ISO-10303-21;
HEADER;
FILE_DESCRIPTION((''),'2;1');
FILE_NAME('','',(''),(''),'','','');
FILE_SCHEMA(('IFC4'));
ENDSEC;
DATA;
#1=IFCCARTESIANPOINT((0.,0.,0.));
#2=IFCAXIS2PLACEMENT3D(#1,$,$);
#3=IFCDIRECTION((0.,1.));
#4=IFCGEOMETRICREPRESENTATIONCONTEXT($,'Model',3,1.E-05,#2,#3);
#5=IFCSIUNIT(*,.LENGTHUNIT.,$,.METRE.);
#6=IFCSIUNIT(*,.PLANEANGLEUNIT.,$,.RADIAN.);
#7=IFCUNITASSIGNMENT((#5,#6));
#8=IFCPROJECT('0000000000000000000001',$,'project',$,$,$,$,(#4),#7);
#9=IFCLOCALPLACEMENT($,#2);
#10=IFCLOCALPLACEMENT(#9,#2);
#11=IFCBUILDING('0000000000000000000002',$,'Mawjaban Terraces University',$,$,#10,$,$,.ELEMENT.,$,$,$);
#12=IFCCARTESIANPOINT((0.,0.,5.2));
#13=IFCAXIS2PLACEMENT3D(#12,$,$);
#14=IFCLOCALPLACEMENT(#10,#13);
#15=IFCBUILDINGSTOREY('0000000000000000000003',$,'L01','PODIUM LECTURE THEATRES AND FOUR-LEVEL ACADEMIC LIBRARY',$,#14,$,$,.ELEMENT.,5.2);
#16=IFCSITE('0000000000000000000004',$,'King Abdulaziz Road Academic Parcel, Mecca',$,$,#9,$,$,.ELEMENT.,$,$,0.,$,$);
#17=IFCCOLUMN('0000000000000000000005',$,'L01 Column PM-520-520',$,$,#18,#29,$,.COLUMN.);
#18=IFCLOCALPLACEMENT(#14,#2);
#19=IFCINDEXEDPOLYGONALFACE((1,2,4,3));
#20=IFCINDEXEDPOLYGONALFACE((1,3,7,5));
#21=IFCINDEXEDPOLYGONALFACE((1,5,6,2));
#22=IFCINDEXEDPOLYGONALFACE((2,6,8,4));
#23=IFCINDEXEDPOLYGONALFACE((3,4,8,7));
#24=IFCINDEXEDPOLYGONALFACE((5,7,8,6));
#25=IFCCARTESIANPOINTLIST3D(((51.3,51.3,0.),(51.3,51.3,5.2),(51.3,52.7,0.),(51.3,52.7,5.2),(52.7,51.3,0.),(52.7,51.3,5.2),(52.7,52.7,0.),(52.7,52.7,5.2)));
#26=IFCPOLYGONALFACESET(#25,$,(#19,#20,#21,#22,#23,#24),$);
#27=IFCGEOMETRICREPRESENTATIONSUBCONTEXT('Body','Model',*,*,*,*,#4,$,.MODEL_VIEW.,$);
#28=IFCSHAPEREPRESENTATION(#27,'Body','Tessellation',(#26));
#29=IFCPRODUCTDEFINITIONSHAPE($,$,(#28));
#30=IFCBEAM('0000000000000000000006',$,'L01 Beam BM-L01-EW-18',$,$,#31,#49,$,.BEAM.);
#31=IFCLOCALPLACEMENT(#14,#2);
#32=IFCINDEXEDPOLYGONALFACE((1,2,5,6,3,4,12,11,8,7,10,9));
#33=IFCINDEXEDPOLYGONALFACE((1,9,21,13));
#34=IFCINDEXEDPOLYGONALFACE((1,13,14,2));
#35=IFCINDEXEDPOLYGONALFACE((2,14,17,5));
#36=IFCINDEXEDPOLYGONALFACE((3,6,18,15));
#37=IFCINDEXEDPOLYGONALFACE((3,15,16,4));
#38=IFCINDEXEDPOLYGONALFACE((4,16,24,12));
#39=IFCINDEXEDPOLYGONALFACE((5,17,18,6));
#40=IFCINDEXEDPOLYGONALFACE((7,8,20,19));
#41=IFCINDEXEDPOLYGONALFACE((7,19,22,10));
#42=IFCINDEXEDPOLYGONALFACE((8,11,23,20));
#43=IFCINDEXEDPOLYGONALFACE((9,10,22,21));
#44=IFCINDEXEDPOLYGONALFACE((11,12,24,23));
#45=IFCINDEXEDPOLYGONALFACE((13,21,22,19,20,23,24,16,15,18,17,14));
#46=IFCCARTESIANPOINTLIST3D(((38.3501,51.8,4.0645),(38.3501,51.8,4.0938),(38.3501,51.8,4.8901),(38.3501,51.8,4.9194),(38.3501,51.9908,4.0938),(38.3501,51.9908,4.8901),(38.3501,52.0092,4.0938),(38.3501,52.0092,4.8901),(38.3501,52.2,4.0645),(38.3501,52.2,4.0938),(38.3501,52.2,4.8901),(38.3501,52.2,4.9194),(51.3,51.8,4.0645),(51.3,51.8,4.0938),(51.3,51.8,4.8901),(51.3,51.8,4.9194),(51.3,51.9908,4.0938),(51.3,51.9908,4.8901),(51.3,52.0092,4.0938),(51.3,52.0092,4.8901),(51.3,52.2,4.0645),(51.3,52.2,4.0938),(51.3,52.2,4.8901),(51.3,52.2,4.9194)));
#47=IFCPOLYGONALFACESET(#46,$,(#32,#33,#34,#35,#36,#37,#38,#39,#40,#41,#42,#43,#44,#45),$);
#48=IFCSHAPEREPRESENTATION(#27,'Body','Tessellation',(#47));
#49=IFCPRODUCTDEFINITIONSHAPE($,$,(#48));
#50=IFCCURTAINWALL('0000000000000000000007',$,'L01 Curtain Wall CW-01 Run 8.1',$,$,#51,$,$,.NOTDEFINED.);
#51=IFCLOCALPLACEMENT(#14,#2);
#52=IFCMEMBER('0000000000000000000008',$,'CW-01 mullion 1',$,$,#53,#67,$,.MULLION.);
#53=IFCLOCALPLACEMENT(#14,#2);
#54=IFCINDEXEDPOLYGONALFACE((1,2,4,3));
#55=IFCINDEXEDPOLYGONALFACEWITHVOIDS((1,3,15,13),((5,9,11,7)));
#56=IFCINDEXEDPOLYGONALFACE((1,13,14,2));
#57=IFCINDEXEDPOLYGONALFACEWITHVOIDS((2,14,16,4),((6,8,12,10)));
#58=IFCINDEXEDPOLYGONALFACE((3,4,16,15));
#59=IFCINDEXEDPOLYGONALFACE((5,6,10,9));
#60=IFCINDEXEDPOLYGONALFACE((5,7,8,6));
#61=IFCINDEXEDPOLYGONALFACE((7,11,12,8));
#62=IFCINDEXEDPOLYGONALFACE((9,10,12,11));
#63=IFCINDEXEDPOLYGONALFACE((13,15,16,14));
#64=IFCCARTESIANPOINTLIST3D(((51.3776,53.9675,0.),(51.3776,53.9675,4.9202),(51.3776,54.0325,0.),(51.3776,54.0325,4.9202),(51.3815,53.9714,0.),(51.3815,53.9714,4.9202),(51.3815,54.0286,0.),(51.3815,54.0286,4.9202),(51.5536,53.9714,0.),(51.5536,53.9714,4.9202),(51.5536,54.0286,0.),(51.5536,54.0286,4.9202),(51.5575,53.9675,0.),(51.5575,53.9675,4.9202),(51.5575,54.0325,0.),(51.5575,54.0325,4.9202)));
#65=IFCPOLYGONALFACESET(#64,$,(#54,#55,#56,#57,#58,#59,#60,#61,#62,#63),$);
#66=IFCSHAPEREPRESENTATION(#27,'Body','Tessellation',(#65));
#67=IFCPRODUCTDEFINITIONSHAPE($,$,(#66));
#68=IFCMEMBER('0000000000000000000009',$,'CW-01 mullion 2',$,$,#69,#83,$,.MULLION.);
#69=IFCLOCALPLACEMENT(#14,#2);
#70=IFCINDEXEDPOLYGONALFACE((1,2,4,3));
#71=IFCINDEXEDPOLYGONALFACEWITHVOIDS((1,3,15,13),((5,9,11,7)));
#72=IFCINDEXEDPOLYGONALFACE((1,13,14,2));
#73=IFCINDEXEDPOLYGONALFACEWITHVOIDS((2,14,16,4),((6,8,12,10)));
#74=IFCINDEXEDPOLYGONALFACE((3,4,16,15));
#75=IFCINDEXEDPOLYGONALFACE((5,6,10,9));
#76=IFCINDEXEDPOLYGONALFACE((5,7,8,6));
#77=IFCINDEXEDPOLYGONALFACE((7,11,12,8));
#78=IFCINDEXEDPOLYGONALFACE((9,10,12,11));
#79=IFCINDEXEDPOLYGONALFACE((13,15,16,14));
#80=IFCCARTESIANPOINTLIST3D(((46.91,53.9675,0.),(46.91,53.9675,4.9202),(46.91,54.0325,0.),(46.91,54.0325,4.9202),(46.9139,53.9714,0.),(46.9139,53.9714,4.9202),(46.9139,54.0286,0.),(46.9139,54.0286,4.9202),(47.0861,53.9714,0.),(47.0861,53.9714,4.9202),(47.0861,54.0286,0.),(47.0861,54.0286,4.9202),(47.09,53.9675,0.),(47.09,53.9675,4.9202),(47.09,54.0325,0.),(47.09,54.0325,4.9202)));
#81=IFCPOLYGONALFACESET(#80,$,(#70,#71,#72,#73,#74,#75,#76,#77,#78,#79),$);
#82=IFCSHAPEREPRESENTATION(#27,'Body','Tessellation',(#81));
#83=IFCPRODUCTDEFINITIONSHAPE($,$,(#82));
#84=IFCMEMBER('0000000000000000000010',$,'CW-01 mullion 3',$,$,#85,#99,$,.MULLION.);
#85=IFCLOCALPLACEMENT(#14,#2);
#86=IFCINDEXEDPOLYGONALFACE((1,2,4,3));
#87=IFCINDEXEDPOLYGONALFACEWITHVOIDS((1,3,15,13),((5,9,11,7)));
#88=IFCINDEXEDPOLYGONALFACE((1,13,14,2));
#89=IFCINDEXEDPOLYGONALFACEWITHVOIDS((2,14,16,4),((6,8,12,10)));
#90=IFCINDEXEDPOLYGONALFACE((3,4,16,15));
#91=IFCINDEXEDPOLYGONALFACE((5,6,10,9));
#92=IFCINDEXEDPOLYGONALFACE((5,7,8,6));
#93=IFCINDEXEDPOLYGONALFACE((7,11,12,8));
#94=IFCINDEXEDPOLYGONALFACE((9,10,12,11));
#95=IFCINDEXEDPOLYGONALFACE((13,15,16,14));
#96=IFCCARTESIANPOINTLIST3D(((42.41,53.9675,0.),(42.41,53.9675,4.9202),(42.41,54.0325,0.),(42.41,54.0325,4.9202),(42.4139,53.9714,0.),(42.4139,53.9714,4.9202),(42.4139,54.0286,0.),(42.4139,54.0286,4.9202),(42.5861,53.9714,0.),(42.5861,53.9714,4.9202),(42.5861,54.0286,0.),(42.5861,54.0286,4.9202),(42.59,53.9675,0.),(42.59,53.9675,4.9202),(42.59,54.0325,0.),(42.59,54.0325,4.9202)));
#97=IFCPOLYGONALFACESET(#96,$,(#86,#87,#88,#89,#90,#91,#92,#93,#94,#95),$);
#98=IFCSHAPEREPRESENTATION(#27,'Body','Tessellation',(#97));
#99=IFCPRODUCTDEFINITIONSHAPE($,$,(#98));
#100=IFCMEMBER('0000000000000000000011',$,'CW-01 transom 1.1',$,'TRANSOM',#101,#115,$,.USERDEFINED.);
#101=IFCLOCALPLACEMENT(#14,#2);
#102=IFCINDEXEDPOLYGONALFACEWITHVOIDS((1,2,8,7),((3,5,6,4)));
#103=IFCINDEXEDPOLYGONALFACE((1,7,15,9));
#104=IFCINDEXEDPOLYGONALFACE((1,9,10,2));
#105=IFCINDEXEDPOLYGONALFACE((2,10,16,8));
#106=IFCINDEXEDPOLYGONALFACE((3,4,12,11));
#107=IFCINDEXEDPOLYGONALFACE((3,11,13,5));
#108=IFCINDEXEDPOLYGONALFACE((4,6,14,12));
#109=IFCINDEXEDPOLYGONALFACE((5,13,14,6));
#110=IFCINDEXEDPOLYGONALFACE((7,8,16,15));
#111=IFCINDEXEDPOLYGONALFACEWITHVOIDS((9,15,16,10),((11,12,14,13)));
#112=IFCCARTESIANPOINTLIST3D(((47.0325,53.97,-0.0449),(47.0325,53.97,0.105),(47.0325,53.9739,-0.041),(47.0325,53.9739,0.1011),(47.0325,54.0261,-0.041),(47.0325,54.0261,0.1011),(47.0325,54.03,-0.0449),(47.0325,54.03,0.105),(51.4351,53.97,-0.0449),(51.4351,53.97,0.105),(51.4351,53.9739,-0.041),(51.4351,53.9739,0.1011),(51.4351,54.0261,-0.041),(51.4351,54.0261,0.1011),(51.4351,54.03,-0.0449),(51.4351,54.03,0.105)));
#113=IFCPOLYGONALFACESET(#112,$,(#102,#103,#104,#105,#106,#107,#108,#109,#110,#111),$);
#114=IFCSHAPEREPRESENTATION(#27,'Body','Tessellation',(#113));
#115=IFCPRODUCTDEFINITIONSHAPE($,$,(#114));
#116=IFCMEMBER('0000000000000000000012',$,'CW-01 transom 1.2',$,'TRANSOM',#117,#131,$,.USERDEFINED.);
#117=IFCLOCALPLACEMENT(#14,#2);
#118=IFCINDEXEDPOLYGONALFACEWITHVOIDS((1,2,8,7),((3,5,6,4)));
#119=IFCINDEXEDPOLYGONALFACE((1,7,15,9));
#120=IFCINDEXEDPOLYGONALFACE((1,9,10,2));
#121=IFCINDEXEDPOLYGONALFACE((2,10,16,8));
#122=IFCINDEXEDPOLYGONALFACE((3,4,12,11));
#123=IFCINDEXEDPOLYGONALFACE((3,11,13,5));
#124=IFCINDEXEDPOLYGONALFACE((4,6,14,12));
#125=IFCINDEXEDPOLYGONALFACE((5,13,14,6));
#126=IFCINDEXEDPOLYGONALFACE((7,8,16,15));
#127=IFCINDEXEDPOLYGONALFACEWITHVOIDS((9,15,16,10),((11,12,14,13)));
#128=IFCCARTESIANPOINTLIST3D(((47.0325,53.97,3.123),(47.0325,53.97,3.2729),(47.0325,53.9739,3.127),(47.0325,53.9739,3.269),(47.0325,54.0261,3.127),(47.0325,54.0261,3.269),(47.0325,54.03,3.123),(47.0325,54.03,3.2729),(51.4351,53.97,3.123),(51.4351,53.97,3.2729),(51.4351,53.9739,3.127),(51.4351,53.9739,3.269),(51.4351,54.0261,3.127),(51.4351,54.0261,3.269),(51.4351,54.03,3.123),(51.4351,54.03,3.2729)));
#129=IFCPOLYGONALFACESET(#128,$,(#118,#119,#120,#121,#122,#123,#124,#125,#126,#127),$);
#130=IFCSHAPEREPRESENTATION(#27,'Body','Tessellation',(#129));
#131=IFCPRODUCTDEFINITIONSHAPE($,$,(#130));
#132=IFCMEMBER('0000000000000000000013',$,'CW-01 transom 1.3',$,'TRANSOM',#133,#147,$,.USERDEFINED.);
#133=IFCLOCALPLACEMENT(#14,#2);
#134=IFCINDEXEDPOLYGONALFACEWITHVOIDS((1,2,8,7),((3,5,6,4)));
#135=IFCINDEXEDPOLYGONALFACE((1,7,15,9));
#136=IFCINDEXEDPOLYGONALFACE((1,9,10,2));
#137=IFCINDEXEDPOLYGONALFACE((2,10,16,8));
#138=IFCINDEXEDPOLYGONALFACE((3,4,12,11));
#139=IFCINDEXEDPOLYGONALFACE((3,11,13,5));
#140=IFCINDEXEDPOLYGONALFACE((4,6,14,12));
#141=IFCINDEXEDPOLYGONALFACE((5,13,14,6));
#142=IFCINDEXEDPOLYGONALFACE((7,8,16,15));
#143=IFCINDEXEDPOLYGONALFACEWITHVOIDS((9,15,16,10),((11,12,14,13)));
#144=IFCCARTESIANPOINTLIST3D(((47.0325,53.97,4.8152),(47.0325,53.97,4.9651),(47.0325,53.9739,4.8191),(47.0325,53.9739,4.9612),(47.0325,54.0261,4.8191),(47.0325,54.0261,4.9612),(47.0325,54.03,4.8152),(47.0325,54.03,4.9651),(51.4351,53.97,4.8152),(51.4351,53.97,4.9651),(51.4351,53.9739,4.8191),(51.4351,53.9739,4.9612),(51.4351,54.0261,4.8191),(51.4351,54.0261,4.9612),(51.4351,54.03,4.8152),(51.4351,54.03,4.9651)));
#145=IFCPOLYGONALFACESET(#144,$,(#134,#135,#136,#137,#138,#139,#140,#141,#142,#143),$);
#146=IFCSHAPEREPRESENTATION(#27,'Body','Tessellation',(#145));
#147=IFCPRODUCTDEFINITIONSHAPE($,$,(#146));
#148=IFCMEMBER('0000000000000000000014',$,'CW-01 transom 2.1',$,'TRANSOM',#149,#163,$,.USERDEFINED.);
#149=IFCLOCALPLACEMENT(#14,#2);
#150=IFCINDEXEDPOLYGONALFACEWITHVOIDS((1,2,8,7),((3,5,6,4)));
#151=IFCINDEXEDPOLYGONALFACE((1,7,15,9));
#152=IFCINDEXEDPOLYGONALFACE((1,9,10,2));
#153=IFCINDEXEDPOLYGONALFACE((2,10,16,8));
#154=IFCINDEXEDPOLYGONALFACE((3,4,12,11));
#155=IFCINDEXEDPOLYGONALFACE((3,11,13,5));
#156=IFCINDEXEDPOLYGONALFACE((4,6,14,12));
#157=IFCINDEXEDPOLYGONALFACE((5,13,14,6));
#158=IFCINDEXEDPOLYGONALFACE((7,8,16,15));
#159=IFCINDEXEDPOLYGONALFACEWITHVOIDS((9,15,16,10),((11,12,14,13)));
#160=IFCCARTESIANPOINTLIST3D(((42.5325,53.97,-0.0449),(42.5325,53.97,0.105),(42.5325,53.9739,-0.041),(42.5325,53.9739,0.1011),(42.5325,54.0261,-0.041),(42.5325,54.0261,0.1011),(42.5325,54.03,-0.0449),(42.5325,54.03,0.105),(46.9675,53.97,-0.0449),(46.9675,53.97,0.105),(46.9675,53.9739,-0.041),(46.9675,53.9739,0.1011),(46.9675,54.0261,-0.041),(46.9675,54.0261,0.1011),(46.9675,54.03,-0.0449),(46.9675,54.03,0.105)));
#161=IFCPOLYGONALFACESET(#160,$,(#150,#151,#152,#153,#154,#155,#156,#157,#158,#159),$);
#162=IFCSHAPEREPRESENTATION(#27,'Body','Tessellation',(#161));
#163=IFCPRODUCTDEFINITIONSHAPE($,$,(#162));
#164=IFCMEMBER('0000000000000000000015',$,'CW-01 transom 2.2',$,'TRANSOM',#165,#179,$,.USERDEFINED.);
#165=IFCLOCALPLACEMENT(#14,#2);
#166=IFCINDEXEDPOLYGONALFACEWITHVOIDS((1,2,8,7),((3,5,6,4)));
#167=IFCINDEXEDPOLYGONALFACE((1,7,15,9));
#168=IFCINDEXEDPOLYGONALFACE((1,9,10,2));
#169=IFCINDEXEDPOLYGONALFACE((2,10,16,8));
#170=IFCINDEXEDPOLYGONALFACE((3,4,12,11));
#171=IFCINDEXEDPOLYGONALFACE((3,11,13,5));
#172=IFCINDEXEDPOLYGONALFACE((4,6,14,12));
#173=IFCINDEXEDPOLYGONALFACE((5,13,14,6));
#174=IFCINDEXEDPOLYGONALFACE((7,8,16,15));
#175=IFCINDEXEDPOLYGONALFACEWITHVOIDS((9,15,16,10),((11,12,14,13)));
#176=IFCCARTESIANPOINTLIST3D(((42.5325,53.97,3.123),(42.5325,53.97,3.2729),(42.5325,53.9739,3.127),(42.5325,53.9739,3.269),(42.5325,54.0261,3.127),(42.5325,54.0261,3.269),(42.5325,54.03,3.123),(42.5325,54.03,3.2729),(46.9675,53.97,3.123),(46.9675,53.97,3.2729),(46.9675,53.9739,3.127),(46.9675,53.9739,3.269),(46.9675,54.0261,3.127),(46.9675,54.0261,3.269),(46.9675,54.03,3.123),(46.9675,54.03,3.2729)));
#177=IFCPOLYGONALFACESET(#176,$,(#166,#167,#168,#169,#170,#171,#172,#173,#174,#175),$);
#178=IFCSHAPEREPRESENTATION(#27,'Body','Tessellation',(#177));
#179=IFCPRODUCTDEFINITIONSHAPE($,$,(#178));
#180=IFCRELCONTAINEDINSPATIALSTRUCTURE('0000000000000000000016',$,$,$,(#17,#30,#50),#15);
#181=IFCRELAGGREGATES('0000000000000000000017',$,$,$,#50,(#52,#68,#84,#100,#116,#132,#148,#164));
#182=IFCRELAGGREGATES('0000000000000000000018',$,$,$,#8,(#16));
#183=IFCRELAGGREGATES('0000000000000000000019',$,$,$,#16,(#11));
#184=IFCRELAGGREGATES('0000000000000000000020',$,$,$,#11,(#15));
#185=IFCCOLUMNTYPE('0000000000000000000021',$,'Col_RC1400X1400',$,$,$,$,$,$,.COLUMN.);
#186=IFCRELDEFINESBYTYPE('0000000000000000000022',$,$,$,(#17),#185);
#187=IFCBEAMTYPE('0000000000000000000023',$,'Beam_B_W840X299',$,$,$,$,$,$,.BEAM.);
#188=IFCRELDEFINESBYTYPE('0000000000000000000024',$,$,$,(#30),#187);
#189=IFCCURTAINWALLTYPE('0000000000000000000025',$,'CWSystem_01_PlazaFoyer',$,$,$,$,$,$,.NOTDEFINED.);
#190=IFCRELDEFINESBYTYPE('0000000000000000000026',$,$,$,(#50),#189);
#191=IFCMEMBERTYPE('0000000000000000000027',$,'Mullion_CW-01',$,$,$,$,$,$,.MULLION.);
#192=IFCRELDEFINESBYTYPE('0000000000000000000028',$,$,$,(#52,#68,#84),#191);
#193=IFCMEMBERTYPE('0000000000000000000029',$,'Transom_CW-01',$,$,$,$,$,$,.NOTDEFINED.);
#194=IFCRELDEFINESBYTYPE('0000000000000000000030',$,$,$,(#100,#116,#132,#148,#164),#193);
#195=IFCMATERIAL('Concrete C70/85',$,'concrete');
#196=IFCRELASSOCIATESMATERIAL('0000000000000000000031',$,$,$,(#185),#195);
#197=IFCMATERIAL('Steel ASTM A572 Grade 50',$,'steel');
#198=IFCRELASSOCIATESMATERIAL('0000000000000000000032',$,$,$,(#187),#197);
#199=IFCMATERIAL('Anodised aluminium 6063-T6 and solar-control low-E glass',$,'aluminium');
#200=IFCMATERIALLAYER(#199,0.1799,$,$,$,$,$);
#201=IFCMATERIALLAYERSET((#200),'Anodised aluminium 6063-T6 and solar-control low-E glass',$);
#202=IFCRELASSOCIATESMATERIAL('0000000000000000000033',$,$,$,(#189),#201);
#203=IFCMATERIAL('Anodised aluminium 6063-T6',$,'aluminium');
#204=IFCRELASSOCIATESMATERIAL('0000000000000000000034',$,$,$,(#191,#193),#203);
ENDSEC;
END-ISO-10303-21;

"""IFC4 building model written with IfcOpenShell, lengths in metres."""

from ifc_helpers import new_model, si_unit, direction, frame, origin, origin_2d, place, context, subcontext, project, spatial, rectangle, hollow_rectangle, i_section, extrude, material, layer, layer_set, material_profile, profile_set, type_object, element, aggregate, save


model = new_model("IFC4")

# Units and contexts
model_context = context("Model", 3, precision=1e-05, world=origin(), true_north=direction((0.0, 1.0)))
body_context = subcontext(model_context, "Body", "Model", "MODEL_VIEW")
ifc_project = project(units=[si_unit("LENGTHUNIT", "METRE"), si_unit("PLANEANGLEUNIT", "RADIAN")], contexts=[model_context])

# Site, building, storey
site_placement = place(None, origin())
site = spatial("IfcSite", under=ifc_project, at=site_placement, Name="King Abdulaziz Road Academic Parcel, Mecca", CompositionType="ELEMENT", RefElevation=0.0)
building_placement = place(site_placement, origin())
building = spatial("IfcBuilding", under=site, at=building_placement, Name="Mawjaban Terraces University", CompositionType="ELEMENT")
storey_placement = place(building_placement, frame((0.0, 0.0, 5.2)))
storey = spatial("IfcBuildingStorey", under=building, at=storey_placement, Name="L01", Description="PODIUM LECTURE THEATRES AND FOUR-LEVEL ACADEMIC LIBRARY", CompositionType="ELEMENT", Elevation=5.2)

# Column
ifc_material_1 = material(Name="Concrete C70/85", Category="concrete")
ifc_material_profile_1 = material_profile(ifc_material_1, rectangle(XDim=1.3999, YDim=1.3999, at=origin_2d()), Name="RC1400X1400")
ifc_profile_set_1 = profile_set([ifc_material_profile_1], Name="Concrete C70/85")
column_type = type_object("IfcColumnType", Name="Col_RC1400X1400", PredefinedType="COLUMN", material=ifc_profile_set_1)
column_placement = place(storey_placement, frame((52.0, 52.0, 0.0), z_axis=(0.0, 0.0, 1.0), x_axis=(1.0, 0.0, 0.0)))
element("IfcColumn", 1, at=column_placement, inside=storey, type_object=column_type, Name="L01 Column PM-520-520", PredefinedType="COLUMN", context=body_context, shape_type="SweptSolid", body=[
    extrude(rectangle(XDim=1.3999, YDim=1.3999, at=origin_2d()), origin(), (0.0, 0.0, 1.0), 5.2),
])

# Beam
ifc_material_2 = material(Name="Steel ASTM A572 Grade 50", Category="steel")
ifc_material_profile_2 = material_profile(ifc_material_2, i_section(OverallWidth=0.3999, OverallDepth=0.855, WebThickness=0.0183, FlangeThickness=0.0293, at=origin_2d()), Name="W840X299")
ifc_profile_set_2 = profile_set([ifc_material_profile_2], Name="Steel ASTM A572 Grade 50")
beam_type = type_object("IfcBeamType", Name="Beam_B_W840X299", PredefinedType="BEAM", material=ifc_profile_set_2)
beam_placement = place(storey_placement, frame((38.3501, 52.0, 4.4919), z_axis=(1.0, 0.0, 0.0), x_axis=(0.0, 1.0, 0.0)))
element("IfcBeam", 2, at=beam_placement, inside=storey, type_object=beam_type, Name="L01 Beam BM-L01-EW-18", PredefinedType="BEAM", context=body_context, shape_type="SweptSolid", body=[
    extrude(i_section(OverallWidth=0.3999, OverallDepth=0.855, WebThickness=0.0183, FlangeThickness=0.0293, at=origin_2d()), origin(), (0.0, 0.0, 1.0), 12.95),
])

# Curtain wall, members
ifc_material_3 = material(Name="Anodised aluminium 6063-T6 and solar-control low-E glass", Category="aluminium")
ifc_layer_1 = layer(ifc_material_3, 0.1799)
ifc_layer_set_1 = layer_set([ifc_layer_1], Name="Anodised aluminium 6063-T6 and solar-control low-E glass")
curtain_wall_type = type_object("IfcCurtainWallType", Name="CWSystem_01_PlazaFoyer", PredefinedType="NOTDEFINED", material=ifc_layer_set_1)
curtain_wall_placement = place(storey_placement, origin())
curtain_wall = element("IfcCurtainWall", 3, at=curtain_wall_placement, inside=storey, type_object=curtain_wall_type, Name="L01 Curtain Wall CW-01 Run 8.1", PredefinedType="NOTDEFINED")
ifc_material_4 = material(Name="Anodised aluminium 6063-T6", Category="aluminium")
ifc_material_profile_3 = material_profile(ifc_material_4, hollow_rectangle(XDim=0.0649, YDim=0.1799, WallThickness=0.0039, at=origin_2d()), Name="ALU180X65X4")
ifc_profile_set_3 = profile_set([ifc_material_profile_3], Name="Anodised aluminium 6063-T6")
member_type_1 = type_object("IfcMemberType", Name="Mullion_CW-01", PredefinedType="MULLION", material=ifc_profile_set_3)
member_1_placement = place(storey_placement, frame((51.4675, 54.0, 0.0), z_axis=(0.0, 0.0, 1.0), x_axis=(0.0, -1.0, 0.0)))
member_1 = element("IfcMember", 4, at=member_1_placement, type_object=member_type_1, Name="CW-01 mullion 1", PredefinedType="MULLION", context=body_context, shape_type="SweptSolid", body=[
    extrude(hollow_rectangle(XDim=0.0649, YDim=0.1799, WallThickness=0.0039, at=origin_2d()), origin(), (0.0, 0.0, 1.0), 4.9202),
])
member_2_placement = place(storey_placement, frame((47.0, 54.0, 0.0), z_axis=(0.0, 0.0, 1.0), x_axis=(0.0, -1.0, 0.0)))
member_2 = element("IfcMember", 5, at=member_2_placement, type_object=member_type_1, Name="CW-01 mullion 2", PredefinedType="MULLION", context=body_context, shape_type="SweptSolid", body=[
    extrude(hollow_rectangle(XDim=0.0649, YDim=0.1799, WallThickness=0.0039, at=origin_2d()), origin(), (0.0, 0.0, 1.0), 4.9202),
])
member_3_placement = place(storey_placement, frame((42.5, 54.0, 0.0), z_axis=(0.0, 0.0, 1.0), x_axis=(0.0, -1.0, 0.0)))
member_3 = element("IfcMember", 6, at=member_3_placement, type_object=member_type_1, Name="CW-01 mullion 3", PredefinedType="MULLION", context=body_context, shape_type="SweptSolid", body=[
    extrude(hollow_rectangle(XDim=0.0649, YDim=0.1799, WallThickness=0.0039, at=origin_2d()), origin(), (0.0, 0.0, 1.0), 4.9202),
])
ifc_material_profile_4 = material_profile(ifc_material_4, hollow_rectangle(XDim=0.0601, YDim=0.1499, WallThickness=0.0039, at=origin_2d()), Name="ALU150X60X4")
ifc_profile_set_4 = profile_set([ifc_material_profile_4], Name="Anodised aluminium 6063-T6")
member_type_2 = type_object("IfcMemberType", Name="Transom_CW-01", PredefinedType="NOTDEFINED", material=ifc_profile_set_4)
member_4_placement = place(storey_placement, frame((51.4351, 54.0, 0.03), z_axis=(-1.0, 0.0, 0.0), x_axis=(0.0, -1.0, 0.0)))
member_4 = element("IfcMember", 7, at=member_4_placement, type_object=member_type_2, Name="CW-01 transom 1.1", ObjectType="TRANSOM", PredefinedType="USERDEFINED", context=body_context, shape_type="SweptSolid", body=[
    extrude(hollow_rectangle(XDim=0.0601, YDim=0.1499, WallThickness=0.0039, at=origin_2d()), origin(), (0.0, 0.0, 1.0), 4.4026),
])
member_5_placement = place(storey_placement, frame((51.4351, 54.0, 3.198), z_axis=(-1.0, 0.0, 0.0), x_axis=(0.0, -1.0, 0.0)))
member_5 = element("IfcMember", 8, at=member_5_placement, type_object=member_type_2, Name="CW-01 transom 1.2", ObjectType="TRANSOM", PredefinedType="USERDEFINED", context=body_context, shape_type="SweptSolid", body=[
    extrude(hollow_rectangle(XDim=0.0601, YDim=0.1499, WallThickness=0.0039, at=origin_2d()), origin(), (0.0, 0.0, 1.0), 4.4026),
])
member_6_placement = place(storey_placement, frame((51.4351, 54.0, 4.8901), z_axis=(-1.0, 0.0, 0.0), x_axis=(0.0, -1.0, 0.0)))
member_6 = element("IfcMember", 9, at=member_6_placement, type_object=member_type_2, Name="CW-01 transom 1.3", ObjectType="TRANSOM", PredefinedType="USERDEFINED", context=body_context, shape_type="SweptSolid", body=[
    extrude(hollow_rectangle(XDim=0.0601, YDim=0.1499, WallThickness=0.0039, at=origin_2d()), origin(), (0.0, 0.0, 1.0), 4.4026),
])
member_7_placement = place(storey_placement, frame((46.9675, 54.0, 0.03), z_axis=(-1.0, 0.0, 0.0), x_axis=(0.0, -1.0, 0.0)))
member_7 = element("IfcMember", 10, at=member_7_placement, type_object=member_type_2, Name="CW-01 transom 2.1", ObjectType="TRANSOM", PredefinedType="USERDEFINED", context=body_context, shape_type="SweptSolid", body=[
    extrude(hollow_rectangle(XDim=0.0601, YDim=0.1499, WallThickness=0.0039, at=origin_2d()), origin(), (0.0, 0.0, 1.0), 4.4351),
])
member_8_placement = place(storey_placement, frame((46.9675, 54.0, 3.198), z_axis=(-1.0, 0.0, 0.0), x_axis=(0.0, -1.0, 0.0)))
member_8 = element("IfcMember", 11, at=member_8_placement, type_object=member_type_2, Name="CW-01 transom 2.2", ObjectType="TRANSOM", PredefinedType="USERDEFINED", context=body_context, shape_type="SweptSolid", body=[
    extrude(hollow_rectangle(XDim=0.0601, YDim=0.1499, WallThickness=0.0039, at=origin_2d()), origin(), (0.0, 0.0, 1.0), 4.4351),
])
aggregate(curtain_wall, [member_1, member_2, member_3, member_4, member_5, member_6, member_7, member_8])

save(model, "model.ifc")
